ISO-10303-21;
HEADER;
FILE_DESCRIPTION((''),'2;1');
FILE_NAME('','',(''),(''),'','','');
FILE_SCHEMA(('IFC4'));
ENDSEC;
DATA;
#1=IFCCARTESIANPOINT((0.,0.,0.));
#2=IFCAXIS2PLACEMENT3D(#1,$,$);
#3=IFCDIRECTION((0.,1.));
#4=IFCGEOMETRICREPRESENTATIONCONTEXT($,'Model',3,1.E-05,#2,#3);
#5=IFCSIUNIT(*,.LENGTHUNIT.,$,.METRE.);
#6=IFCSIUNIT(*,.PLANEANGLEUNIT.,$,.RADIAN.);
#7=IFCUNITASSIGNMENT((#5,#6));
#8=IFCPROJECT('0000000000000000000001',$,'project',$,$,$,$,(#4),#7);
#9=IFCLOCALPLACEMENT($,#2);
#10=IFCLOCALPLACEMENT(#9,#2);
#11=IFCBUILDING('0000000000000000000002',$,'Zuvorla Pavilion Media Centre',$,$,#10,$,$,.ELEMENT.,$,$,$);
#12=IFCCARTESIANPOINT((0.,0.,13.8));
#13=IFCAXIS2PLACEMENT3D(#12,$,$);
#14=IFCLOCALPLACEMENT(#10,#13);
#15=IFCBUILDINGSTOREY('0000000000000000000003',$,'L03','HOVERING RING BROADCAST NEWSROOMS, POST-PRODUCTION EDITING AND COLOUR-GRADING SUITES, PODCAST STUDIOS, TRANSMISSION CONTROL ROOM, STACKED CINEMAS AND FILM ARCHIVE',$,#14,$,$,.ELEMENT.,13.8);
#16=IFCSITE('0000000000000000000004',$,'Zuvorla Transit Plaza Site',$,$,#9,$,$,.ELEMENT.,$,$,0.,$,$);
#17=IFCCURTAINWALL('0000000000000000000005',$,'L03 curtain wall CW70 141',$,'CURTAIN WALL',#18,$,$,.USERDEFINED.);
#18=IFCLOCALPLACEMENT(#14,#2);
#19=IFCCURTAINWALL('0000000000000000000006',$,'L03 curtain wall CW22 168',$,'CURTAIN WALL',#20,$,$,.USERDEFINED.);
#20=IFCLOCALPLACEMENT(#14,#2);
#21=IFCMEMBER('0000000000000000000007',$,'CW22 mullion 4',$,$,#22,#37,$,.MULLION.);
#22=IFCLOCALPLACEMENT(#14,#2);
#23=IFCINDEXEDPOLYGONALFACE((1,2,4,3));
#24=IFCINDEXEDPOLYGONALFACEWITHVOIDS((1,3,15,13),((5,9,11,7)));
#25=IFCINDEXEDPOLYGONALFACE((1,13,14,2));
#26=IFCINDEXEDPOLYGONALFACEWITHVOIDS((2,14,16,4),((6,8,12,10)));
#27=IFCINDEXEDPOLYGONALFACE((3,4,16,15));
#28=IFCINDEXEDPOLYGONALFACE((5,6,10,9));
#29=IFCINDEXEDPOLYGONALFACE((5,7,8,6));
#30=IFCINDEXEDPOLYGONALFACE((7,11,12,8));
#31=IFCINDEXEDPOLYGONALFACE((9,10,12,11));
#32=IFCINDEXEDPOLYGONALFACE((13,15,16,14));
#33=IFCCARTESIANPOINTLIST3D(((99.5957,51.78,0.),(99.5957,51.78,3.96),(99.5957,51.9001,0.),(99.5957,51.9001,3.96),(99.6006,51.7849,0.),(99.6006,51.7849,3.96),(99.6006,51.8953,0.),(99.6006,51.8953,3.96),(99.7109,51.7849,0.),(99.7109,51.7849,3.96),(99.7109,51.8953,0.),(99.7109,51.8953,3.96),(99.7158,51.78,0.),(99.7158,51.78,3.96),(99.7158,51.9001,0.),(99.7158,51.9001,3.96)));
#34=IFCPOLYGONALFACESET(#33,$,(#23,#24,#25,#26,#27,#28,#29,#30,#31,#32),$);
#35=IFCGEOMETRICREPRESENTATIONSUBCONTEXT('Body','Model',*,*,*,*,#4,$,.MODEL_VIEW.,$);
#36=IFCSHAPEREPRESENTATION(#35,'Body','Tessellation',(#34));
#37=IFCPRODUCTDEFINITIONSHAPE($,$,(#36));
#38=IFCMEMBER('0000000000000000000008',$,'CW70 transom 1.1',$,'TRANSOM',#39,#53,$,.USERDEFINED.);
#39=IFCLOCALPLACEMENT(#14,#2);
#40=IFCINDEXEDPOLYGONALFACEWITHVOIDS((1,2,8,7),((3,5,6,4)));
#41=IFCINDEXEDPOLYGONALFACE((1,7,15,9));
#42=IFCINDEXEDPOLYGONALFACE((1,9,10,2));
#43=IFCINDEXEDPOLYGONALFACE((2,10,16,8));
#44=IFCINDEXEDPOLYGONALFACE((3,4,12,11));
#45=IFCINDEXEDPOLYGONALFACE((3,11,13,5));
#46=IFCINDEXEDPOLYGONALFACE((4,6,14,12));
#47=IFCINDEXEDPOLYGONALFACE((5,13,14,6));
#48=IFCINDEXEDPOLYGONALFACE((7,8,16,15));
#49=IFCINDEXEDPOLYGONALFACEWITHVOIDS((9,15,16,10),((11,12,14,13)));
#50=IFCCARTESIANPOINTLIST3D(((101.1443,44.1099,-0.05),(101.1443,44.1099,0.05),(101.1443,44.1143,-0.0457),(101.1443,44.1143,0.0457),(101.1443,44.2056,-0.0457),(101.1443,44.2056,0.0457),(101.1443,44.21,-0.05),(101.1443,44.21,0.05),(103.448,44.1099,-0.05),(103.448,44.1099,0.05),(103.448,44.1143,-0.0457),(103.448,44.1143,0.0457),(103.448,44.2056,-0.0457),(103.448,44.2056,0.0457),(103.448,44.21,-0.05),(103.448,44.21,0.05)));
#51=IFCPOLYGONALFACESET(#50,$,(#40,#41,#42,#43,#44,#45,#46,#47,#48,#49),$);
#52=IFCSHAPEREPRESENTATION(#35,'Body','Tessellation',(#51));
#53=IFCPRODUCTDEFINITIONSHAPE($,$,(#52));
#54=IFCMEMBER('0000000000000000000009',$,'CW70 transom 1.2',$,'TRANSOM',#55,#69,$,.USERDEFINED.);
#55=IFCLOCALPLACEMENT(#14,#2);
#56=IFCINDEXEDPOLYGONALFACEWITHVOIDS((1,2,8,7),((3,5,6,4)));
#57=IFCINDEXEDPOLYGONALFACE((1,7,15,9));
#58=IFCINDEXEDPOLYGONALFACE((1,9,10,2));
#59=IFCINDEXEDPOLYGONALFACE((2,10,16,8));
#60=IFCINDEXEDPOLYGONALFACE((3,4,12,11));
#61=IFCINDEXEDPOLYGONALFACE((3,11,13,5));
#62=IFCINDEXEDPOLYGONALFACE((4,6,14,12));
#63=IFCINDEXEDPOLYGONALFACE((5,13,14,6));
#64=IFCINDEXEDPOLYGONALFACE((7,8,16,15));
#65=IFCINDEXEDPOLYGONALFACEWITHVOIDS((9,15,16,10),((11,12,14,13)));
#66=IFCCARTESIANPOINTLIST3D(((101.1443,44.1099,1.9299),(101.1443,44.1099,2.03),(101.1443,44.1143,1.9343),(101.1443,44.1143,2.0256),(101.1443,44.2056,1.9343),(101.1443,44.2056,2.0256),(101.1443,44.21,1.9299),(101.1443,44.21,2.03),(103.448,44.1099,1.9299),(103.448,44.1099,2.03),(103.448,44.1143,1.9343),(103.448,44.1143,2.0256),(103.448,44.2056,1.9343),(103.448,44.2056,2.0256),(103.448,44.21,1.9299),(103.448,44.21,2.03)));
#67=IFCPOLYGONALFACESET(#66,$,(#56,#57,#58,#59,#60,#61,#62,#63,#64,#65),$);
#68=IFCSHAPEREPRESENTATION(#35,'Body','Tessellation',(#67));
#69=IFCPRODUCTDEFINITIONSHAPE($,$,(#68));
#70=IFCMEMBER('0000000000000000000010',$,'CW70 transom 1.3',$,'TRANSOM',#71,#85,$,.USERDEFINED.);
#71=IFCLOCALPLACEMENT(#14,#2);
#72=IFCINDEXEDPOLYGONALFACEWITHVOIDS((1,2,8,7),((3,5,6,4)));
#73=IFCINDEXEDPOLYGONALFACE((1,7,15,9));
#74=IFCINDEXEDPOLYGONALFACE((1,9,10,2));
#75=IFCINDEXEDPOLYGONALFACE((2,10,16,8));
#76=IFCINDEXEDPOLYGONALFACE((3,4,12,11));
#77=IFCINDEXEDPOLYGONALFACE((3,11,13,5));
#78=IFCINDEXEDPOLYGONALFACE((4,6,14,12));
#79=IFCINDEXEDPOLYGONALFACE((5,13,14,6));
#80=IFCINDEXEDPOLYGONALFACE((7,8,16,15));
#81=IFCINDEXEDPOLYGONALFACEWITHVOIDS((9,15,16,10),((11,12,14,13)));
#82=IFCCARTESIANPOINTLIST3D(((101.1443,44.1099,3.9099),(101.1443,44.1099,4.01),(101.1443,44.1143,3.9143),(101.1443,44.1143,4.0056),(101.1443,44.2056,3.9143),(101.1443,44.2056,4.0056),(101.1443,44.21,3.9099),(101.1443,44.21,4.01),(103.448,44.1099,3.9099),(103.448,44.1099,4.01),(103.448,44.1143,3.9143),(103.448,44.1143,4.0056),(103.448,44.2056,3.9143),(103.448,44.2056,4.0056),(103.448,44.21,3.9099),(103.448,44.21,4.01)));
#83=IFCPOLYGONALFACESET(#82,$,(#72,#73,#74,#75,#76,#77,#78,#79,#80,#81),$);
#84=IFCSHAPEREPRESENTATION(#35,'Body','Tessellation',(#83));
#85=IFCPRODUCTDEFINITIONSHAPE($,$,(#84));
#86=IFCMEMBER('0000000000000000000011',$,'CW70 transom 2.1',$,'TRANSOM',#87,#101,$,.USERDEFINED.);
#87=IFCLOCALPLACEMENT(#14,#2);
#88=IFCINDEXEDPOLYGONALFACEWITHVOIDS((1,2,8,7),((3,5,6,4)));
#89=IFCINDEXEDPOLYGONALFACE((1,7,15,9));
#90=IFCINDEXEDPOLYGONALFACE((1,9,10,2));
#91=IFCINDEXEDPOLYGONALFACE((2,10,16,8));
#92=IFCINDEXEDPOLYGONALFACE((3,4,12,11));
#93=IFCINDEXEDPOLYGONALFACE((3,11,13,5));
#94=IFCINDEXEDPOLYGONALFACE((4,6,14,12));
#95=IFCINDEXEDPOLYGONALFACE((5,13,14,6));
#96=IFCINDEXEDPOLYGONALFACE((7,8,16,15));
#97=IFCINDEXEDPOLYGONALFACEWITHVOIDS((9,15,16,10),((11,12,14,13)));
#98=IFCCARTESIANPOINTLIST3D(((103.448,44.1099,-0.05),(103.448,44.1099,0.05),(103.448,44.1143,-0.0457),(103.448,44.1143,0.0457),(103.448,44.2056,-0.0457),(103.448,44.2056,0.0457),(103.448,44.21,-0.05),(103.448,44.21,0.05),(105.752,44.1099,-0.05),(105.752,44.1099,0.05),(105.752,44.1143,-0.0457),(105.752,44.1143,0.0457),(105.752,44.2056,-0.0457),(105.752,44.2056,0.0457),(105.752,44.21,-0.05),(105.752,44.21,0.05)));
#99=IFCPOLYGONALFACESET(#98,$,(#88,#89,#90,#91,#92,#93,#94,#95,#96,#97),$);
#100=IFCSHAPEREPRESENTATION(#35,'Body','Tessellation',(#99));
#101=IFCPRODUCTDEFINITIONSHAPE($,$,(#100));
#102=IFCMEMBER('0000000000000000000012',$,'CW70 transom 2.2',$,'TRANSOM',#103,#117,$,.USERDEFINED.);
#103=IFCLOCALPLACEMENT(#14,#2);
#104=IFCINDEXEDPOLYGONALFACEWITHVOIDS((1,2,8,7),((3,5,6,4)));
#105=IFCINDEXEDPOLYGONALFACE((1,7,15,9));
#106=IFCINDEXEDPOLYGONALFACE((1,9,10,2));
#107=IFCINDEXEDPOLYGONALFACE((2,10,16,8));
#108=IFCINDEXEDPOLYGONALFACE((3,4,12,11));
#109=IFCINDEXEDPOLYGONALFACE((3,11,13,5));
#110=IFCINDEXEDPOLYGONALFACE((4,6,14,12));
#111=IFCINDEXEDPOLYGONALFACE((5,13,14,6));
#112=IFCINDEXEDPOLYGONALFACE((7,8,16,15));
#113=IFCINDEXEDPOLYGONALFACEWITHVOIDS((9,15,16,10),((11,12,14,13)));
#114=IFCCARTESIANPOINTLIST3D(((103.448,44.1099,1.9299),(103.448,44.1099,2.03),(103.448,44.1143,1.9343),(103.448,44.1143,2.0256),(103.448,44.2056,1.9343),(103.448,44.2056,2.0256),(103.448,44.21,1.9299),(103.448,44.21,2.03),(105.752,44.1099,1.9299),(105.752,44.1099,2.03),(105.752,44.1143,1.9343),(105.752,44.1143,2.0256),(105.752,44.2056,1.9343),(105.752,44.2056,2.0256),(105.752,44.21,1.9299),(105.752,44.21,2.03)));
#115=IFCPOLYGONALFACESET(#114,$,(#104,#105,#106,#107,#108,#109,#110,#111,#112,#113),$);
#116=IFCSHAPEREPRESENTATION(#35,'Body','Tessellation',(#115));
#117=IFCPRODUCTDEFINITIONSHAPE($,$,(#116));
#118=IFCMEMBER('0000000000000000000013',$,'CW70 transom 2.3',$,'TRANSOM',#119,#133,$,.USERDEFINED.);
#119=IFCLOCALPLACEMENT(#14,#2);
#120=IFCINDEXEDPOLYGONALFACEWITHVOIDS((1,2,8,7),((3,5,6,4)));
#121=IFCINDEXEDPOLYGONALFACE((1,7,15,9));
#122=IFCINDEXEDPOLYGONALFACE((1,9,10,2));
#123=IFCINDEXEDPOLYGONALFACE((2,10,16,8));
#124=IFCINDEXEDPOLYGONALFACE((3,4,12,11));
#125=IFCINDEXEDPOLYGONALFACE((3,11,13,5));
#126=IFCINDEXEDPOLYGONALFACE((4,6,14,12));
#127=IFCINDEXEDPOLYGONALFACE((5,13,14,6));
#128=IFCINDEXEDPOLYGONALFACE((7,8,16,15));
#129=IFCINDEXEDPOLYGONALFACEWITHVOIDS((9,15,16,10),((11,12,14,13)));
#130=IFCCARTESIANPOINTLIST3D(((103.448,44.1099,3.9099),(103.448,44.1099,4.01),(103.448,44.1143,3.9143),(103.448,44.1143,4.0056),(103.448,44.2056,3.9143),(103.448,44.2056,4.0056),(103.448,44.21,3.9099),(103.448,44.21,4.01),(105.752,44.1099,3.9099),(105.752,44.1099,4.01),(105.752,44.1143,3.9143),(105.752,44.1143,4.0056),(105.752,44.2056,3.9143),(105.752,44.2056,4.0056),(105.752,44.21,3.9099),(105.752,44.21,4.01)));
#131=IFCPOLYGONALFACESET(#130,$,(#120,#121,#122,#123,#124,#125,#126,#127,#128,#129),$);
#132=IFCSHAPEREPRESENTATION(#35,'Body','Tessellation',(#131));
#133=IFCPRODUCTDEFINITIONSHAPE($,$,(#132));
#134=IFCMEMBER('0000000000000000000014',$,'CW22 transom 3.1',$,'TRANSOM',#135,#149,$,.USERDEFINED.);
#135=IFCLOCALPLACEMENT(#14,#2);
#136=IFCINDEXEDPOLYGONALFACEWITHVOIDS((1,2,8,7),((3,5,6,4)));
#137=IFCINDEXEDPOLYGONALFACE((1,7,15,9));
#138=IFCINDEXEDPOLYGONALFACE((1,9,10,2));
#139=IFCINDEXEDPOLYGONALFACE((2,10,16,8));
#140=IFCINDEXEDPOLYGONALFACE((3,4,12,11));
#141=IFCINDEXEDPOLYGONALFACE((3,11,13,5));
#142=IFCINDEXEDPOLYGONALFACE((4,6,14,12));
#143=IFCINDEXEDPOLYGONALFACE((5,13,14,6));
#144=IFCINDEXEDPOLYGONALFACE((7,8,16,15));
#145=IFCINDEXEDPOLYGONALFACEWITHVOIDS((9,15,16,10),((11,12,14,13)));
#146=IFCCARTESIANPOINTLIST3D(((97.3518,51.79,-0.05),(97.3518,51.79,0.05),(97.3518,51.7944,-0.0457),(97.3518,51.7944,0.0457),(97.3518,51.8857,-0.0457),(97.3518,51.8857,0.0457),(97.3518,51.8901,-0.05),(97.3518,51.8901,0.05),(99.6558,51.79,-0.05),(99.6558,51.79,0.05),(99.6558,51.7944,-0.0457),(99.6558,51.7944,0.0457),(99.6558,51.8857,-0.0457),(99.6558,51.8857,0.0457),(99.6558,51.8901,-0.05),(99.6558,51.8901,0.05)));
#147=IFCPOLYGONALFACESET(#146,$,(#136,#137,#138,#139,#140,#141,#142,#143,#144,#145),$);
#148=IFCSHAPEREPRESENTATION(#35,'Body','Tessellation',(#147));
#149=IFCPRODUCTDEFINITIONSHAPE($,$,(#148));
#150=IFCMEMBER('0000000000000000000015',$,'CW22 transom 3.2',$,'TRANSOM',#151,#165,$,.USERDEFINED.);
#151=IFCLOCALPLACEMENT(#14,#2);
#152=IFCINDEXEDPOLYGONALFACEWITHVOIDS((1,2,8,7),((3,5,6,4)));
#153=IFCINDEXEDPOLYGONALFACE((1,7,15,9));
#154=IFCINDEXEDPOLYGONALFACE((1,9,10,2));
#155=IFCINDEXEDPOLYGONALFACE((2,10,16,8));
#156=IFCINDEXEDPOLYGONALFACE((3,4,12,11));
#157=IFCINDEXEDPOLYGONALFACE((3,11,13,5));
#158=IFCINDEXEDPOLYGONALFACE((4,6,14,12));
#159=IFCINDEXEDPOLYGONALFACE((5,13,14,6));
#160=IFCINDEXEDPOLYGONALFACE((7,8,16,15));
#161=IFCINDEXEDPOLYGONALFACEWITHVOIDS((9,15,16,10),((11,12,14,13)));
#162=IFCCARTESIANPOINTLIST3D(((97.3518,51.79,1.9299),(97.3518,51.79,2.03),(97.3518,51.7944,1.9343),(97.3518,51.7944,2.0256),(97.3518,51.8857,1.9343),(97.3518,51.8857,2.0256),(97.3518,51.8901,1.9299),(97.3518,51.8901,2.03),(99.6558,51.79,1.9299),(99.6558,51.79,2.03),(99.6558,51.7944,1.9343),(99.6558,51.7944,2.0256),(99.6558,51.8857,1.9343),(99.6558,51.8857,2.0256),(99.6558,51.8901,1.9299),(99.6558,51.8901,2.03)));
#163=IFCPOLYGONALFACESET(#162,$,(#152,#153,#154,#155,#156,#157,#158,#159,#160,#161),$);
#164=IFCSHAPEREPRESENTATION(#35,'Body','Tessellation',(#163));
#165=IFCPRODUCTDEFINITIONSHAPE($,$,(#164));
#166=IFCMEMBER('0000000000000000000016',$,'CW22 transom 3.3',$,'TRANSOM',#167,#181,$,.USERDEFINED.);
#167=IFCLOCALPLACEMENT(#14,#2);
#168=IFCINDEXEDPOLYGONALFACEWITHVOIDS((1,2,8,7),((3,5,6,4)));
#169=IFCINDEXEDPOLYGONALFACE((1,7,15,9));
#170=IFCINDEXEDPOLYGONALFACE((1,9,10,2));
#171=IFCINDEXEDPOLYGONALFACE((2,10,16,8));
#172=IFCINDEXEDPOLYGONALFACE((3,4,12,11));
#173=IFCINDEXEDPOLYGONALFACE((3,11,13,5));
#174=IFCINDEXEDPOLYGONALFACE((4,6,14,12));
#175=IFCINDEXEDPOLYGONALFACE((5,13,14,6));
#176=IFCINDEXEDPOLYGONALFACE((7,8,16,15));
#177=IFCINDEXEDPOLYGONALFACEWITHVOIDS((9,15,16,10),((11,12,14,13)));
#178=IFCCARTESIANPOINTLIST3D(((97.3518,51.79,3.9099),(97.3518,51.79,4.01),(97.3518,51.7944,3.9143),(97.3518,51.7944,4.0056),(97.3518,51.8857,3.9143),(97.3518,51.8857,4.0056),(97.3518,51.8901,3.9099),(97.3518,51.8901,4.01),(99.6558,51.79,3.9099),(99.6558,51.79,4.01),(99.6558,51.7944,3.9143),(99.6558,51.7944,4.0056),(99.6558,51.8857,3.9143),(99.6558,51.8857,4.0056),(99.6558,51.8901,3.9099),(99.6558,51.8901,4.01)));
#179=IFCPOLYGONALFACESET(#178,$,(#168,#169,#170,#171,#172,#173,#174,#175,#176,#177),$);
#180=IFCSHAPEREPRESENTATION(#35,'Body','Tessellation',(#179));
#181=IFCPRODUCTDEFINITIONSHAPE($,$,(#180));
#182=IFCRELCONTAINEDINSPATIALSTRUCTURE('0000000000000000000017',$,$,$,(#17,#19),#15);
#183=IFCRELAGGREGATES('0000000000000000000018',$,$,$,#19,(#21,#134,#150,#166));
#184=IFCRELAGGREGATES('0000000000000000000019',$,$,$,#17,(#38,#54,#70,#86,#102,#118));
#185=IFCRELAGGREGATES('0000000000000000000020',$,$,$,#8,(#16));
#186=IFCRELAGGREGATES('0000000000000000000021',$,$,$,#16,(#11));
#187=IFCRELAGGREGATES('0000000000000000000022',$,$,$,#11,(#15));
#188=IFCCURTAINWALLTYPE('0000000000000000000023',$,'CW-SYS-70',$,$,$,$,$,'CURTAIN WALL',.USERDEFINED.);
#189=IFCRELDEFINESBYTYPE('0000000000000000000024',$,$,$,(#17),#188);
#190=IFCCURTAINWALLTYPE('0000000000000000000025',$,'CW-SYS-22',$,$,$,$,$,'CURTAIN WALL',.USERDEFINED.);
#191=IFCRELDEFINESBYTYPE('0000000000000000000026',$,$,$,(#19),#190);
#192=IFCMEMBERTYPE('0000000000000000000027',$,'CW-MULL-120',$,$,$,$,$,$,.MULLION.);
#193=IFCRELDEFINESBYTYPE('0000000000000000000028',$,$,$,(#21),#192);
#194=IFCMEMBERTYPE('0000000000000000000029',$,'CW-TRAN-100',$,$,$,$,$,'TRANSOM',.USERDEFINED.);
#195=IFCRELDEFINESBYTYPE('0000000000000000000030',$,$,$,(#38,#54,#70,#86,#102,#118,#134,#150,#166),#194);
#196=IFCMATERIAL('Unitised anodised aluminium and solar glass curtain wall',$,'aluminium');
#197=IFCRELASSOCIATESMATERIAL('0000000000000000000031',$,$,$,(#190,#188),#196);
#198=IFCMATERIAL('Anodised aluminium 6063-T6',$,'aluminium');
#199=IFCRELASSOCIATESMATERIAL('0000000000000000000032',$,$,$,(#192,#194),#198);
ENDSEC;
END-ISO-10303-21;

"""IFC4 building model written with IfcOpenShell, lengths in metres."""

from ifc_helpers import new_model, si_unit, direction, frame, origin, origin_2d, place, context, subcontext, project, spatial, hollow_rectangle, extrude, material, material_profile, profile_set, type_object, element, aggregate, save


model = new_model("IFC4")

# Units and contexts
model_context = context("Model", 3, precision=1e-05, world=origin(), true_north=direction((0.0, 1.0)))
body_context = subcontext(model_context, "Body", "Model", "MODEL_VIEW")
ifc_project = project(units=[si_unit("LENGTHUNIT", "METRE"), si_unit("PLANEANGLEUNIT", "RADIAN")], contexts=[model_context])

# Site, building, storey
site_placement = place(None, origin())
site = spatial("IfcSite", under=ifc_project, at=site_placement, Name="Zuvorla Transit Plaza Site", CompositionType="ELEMENT", RefElevation=0.0)
building_placement = place(site_placement, origin())
building = spatial("IfcBuilding", under=site, at=building_placement, Name="Zuvorla Pavilion Media Centre", CompositionType="ELEMENT")
storey_placement = place(building_placement, frame((0.0, 0.0, 13.8)))
storey = spatial("IfcBuildingStorey", under=building, at=storey_placement, Name="L03", Description="HOVERING RING BROADCAST NEWSROOMS, POST-PRODUCTION EDITING AND COLOUR-GRADING SUITES, PODCAST STUDIOS, TRANSMISSION CONTROL ROOM, STACKED CINEMAS AND FILM ARCHIVE", CompositionType="ELEMENT", Elevation=13.8)

# Shared definitions
ifc_material_1 = material(Name="Unitised anodised aluminium and solar glass curtain wall", Category="aluminium")
curtain_wall_type_1 = type_object("IfcCurtainWallType", Name="CW-SYS-22", ElementType="CURTAIN WALL", PredefinedType="USERDEFINED", material=ifc_material_1)
ifc_material_2 = material(Name="Anodised aluminium 6063-T6", Category="aluminium")

# Curtain walls, member
curtain_wall_type_2 = type_object("IfcCurtainWallType", Name="CW-SYS-70", ElementType="CURTAIN WALL", PredefinedType="USERDEFINED", material=ifc_material_1)
curtain_wall_1_placement = place(storey_placement, origin())
curtain_wall_1 = element("IfcCurtainWall", 1, at=curtain_wall_1_placement, inside=storey, type_object=curtain_wall_type_2, Name="L03 curtain wall CW70 141", ObjectType="CURTAIN WALL", PredefinedType="USERDEFINED")
ifc_material_profile_1 = material_profile(ifc_material_2, hollow_rectangle(XDim=0.1201, YDim=0.1201, WallThickness=0.0049, at=origin_2d()), Name="ALU MULL 120x120")
ifc_profile_set_1 = profile_set([ifc_material_profile_1], Name="Anodised aluminium 6063-T6")
member_type_1 = type_object("IfcMemberType", Name="CW-MULL-120", PredefinedType="MULLION", material=ifc_profile_set_1)
curtain_wall_2_placement = place(storey_placement, origin())
curtain_wall_2 = element("IfcCurtainWall", 2, at=curtain_wall_2_placement, inside=storey, type_object=curtain_wall_type_1, Name="L03 curtain wall CW22 168", ObjectType="CURTAIN WALL", PredefinedType="USERDEFINED")
member_1_placement = place(storey_placement, frame((99.6558, 51.8401, 0.0), z_axis=(0.0, 0.0, 1.0), x_axis=(1.0, 0.0, 0.0)))
member_1 = element("IfcMember", 3, at=member_1_placement, type_object=member_type_1, Name="CW22 mullion 4", PredefinedType="MULLION", context=body_context, shape_type="SweptSolid", body=[
    extrude(hollow_rectangle(XDim=0.1201, YDim=0.1201, WallThickness=0.0049, at=origin_2d()), origin(), (0.0, 0.0, 1.0), 3.96),
])

# Members
ifc_material_profile_2 = material_profile(ifc_material_2, hollow_rectangle(XDim=0.1001, YDim=0.1001, WallThickness=0.0044, at=origin_2d()), Name="ALU TRAN 100x100")
ifc_profile_set_2 = profile_set([ifc_material_profile_2], Name="Anodised aluminium 6063-T6")
member_type_2 = type_object("IfcMemberType", Name="CW-TRAN-100", ElementType="TRANSOM", PredefinedType="USERDEFINED", material=ifc_profile_set_2)
member_2_placement = place(storey_placement, frame((101.1443, 44.1599, 0.0), z_axis=(1.0, 0.0, 0.0), x_axis=(0.0, 1.0, 0.0)))
member_2 = element("IfcMember", 4, at=member_2_placement, type_object=member_type_2, Name="CW70 transom 1.1", ObjectType="TRANSOM", PredefinedType="USERDEFINED", context=body_context, shape_type="SweptSolid", body=[
    extrude(hollow_rectangle(XDim=0.1001, YDim=0.1001, WallThickness=0.0044, at=origin_2d()), origin(), (0.0, 0.0, 1.0), 2.3037),
])
member_3_placement = place(storey_placement, frame((101.1443, 44.1599, 1.98), z_axis=(1.0, 0.0, 0.0), x_axis=(0.0, 1.0, 0.0)))
member_3 = element("IfcMember", 5, at=member_3_placement, type_object=member_type_2, Name="CW70 transom 1.2", ObjectType="TRANSOM", PredefinedType="USERDEFINED", context=body_context, shape_type="SweptSolid", body=[
    extrude(hollow_rectangle(XDim=0.1001, YDim=0.1001, WallThickness=0.0044, at=origin_2d()), origin(), (0.0, 0.0, 1.0), 2.3037),
])
member_4_placement = place(storey_placement, frame((101.1443, 44.1599, 3.96), z_axis=(1.0, 0.0, 0.0), x_axis=(0.0, 1.0, 0.0)))
member_4 = element("IfcMember", 6, at=member_4_placement, type_object=member_type_2, Name="CW70 transom 1.3", ObjectType="TRANSOM", PredefinedType="USERDEFINED", context=body_context, shape_type="SweptSolid", body=[
    extrude(hollow_rectangle(XDim=0.1001, YDim=0.1001, WallThickness=0.0044, at=origin_2d()), origin(), (0.0, 0.0, 1.0), 2.3037),
])
member_5_placement = place(storey_placement, frame((103.448, 44.1599, 0.0), z_axis=(1.0, 0.0, 0.0), x_axis=(0.0, 1.0, 0.0)))
member_5 = element("IfcMember", 7, at=member_5_placement, type_object=member_type_2, Name="CW70 transom 2.1", ObjectType="TRANSOM", PredefinedType="USERDEFINED", context=body_context, shape_type="SweptSolid", body=[
    extrude(hollow_rectangle(XDim=0.1001, YDim=0.1001, WallThickness=0.0044, at=origin_2d()), origin(), (0.0, 0.0, 1.0), 2.304),
])
member_6_placement = place(storey_placement, frame((103.448, 44.1599, 1.98), z_axis=(1.0, 0.0, 0.0), x_axis=(0.0, 1.0, 0.0)))
member_6 = element("IfcMember", 8, at=member_6_placement, type_object=member_type_2, Name="CW70 transom 2.2", ObjectType="TRANSOM", PredefinedType="USERDEFINED", context=body_context, shape_type="SweptSolid", body=[
    extrude(hollow_rectangle(XDim=0.1001, YDim=0.1001, WallThickness=0.0044, at=origin_2d()), origin(), (0.0, 0.0, 1.0), 2.304),
])
member_7_placement = place(storey_placement, frame((103.448, 44.1599, 3.96), z_axis=(1.0, 0.0, 0.0), x_axis=(0.0, 1.0, 0.0)))
member_7 = element("IfcMember", 9, at=member_7_placement, type_object=member_type_2, Name="CW70 transom 2.3", ObjectType="TRANSOM", PredefinedType="USERDEFINED", context=body_context, shape_type="SweptSolid", body=[
    extrude(hollow_rectangle(XDim=0.1001, YDim=0.1001, WallThickness=0.0044, at=origin_2d()), origin(), (0.0, 0.0, 1.0), 2.304),
])
member_8_placement = place(storey_placement, frame((97.3518, 51.8401, 0.0), z_axis=(1.0, 0.0, 0.0), x_axis=(0.0, 1.0, 0.0)))
member_8 = element("IfcMember", 10, at=member_8_placement, type_object=member_type_2, Name="CW22 transom 3.1", ObjectType="TRANSOM", PredefinedType="USERDEFINED", context=body_context, shape_type="SweptSolid", body=[
    extrude(hollow_rectangle(XDim=0.1001, YDim=0.1001, WallThickness=0.0044, at=origin_2d()), origin(), (0.0, 0.0, 1.0), 2.304),
])
member_9_placement = place(storey_placement, frame((97.3518, 51.8401, 1.98), z_axis=(1.0, 0.0, 0.0), x_axis=(0.0, 1.0, 0.0)))
member_9 = element("IfcMember", 11, at=member_9_placement, type_object=member_type_2, Name="CW22 transom 3.2", ObjectType="TRANSOM", PredefinedType="USERDEFINED", context=body_context, shape_type="SweptSolid", body=[
    extrude(hollow_rectangle(XDim=0.1001, YDim=0.1001, WallThickness=0.0044, at=origin_2d()), origin(), (0.0, 0.0, 1.0), 2.304),
])
member_10_placement = place(storey_placement, frame((97.3518, 51.8401, 3.96), z_axis=(1.0, 0.0, 0.0), x_axis=(0.0, 1.0, 0.0)))
member_10 = element("IfcMember", 12, at=member_10_placement, type_object=member_type_2, Name="CW22 transom 3.3", ObjectType="TRANSOM", PredefinedType="USERDEFINED", context=body_context, shape_type="SweptSolid", body=[
    extrude(hollow_rectangle(XDim=0.1001, YDim=0.1001, WallThickness=0.0044, at=origin_2d()), origin(), (0.0, 0.0, 1.0), 2.304),
])

aggregate(curtain_wall_2, [member_1, member_8, member_9, member_10])
aggregate(curtain_wall_1, [member_2, member_3, member_4, member_5, member_6, member_7])

save(model, "model.ifc")
